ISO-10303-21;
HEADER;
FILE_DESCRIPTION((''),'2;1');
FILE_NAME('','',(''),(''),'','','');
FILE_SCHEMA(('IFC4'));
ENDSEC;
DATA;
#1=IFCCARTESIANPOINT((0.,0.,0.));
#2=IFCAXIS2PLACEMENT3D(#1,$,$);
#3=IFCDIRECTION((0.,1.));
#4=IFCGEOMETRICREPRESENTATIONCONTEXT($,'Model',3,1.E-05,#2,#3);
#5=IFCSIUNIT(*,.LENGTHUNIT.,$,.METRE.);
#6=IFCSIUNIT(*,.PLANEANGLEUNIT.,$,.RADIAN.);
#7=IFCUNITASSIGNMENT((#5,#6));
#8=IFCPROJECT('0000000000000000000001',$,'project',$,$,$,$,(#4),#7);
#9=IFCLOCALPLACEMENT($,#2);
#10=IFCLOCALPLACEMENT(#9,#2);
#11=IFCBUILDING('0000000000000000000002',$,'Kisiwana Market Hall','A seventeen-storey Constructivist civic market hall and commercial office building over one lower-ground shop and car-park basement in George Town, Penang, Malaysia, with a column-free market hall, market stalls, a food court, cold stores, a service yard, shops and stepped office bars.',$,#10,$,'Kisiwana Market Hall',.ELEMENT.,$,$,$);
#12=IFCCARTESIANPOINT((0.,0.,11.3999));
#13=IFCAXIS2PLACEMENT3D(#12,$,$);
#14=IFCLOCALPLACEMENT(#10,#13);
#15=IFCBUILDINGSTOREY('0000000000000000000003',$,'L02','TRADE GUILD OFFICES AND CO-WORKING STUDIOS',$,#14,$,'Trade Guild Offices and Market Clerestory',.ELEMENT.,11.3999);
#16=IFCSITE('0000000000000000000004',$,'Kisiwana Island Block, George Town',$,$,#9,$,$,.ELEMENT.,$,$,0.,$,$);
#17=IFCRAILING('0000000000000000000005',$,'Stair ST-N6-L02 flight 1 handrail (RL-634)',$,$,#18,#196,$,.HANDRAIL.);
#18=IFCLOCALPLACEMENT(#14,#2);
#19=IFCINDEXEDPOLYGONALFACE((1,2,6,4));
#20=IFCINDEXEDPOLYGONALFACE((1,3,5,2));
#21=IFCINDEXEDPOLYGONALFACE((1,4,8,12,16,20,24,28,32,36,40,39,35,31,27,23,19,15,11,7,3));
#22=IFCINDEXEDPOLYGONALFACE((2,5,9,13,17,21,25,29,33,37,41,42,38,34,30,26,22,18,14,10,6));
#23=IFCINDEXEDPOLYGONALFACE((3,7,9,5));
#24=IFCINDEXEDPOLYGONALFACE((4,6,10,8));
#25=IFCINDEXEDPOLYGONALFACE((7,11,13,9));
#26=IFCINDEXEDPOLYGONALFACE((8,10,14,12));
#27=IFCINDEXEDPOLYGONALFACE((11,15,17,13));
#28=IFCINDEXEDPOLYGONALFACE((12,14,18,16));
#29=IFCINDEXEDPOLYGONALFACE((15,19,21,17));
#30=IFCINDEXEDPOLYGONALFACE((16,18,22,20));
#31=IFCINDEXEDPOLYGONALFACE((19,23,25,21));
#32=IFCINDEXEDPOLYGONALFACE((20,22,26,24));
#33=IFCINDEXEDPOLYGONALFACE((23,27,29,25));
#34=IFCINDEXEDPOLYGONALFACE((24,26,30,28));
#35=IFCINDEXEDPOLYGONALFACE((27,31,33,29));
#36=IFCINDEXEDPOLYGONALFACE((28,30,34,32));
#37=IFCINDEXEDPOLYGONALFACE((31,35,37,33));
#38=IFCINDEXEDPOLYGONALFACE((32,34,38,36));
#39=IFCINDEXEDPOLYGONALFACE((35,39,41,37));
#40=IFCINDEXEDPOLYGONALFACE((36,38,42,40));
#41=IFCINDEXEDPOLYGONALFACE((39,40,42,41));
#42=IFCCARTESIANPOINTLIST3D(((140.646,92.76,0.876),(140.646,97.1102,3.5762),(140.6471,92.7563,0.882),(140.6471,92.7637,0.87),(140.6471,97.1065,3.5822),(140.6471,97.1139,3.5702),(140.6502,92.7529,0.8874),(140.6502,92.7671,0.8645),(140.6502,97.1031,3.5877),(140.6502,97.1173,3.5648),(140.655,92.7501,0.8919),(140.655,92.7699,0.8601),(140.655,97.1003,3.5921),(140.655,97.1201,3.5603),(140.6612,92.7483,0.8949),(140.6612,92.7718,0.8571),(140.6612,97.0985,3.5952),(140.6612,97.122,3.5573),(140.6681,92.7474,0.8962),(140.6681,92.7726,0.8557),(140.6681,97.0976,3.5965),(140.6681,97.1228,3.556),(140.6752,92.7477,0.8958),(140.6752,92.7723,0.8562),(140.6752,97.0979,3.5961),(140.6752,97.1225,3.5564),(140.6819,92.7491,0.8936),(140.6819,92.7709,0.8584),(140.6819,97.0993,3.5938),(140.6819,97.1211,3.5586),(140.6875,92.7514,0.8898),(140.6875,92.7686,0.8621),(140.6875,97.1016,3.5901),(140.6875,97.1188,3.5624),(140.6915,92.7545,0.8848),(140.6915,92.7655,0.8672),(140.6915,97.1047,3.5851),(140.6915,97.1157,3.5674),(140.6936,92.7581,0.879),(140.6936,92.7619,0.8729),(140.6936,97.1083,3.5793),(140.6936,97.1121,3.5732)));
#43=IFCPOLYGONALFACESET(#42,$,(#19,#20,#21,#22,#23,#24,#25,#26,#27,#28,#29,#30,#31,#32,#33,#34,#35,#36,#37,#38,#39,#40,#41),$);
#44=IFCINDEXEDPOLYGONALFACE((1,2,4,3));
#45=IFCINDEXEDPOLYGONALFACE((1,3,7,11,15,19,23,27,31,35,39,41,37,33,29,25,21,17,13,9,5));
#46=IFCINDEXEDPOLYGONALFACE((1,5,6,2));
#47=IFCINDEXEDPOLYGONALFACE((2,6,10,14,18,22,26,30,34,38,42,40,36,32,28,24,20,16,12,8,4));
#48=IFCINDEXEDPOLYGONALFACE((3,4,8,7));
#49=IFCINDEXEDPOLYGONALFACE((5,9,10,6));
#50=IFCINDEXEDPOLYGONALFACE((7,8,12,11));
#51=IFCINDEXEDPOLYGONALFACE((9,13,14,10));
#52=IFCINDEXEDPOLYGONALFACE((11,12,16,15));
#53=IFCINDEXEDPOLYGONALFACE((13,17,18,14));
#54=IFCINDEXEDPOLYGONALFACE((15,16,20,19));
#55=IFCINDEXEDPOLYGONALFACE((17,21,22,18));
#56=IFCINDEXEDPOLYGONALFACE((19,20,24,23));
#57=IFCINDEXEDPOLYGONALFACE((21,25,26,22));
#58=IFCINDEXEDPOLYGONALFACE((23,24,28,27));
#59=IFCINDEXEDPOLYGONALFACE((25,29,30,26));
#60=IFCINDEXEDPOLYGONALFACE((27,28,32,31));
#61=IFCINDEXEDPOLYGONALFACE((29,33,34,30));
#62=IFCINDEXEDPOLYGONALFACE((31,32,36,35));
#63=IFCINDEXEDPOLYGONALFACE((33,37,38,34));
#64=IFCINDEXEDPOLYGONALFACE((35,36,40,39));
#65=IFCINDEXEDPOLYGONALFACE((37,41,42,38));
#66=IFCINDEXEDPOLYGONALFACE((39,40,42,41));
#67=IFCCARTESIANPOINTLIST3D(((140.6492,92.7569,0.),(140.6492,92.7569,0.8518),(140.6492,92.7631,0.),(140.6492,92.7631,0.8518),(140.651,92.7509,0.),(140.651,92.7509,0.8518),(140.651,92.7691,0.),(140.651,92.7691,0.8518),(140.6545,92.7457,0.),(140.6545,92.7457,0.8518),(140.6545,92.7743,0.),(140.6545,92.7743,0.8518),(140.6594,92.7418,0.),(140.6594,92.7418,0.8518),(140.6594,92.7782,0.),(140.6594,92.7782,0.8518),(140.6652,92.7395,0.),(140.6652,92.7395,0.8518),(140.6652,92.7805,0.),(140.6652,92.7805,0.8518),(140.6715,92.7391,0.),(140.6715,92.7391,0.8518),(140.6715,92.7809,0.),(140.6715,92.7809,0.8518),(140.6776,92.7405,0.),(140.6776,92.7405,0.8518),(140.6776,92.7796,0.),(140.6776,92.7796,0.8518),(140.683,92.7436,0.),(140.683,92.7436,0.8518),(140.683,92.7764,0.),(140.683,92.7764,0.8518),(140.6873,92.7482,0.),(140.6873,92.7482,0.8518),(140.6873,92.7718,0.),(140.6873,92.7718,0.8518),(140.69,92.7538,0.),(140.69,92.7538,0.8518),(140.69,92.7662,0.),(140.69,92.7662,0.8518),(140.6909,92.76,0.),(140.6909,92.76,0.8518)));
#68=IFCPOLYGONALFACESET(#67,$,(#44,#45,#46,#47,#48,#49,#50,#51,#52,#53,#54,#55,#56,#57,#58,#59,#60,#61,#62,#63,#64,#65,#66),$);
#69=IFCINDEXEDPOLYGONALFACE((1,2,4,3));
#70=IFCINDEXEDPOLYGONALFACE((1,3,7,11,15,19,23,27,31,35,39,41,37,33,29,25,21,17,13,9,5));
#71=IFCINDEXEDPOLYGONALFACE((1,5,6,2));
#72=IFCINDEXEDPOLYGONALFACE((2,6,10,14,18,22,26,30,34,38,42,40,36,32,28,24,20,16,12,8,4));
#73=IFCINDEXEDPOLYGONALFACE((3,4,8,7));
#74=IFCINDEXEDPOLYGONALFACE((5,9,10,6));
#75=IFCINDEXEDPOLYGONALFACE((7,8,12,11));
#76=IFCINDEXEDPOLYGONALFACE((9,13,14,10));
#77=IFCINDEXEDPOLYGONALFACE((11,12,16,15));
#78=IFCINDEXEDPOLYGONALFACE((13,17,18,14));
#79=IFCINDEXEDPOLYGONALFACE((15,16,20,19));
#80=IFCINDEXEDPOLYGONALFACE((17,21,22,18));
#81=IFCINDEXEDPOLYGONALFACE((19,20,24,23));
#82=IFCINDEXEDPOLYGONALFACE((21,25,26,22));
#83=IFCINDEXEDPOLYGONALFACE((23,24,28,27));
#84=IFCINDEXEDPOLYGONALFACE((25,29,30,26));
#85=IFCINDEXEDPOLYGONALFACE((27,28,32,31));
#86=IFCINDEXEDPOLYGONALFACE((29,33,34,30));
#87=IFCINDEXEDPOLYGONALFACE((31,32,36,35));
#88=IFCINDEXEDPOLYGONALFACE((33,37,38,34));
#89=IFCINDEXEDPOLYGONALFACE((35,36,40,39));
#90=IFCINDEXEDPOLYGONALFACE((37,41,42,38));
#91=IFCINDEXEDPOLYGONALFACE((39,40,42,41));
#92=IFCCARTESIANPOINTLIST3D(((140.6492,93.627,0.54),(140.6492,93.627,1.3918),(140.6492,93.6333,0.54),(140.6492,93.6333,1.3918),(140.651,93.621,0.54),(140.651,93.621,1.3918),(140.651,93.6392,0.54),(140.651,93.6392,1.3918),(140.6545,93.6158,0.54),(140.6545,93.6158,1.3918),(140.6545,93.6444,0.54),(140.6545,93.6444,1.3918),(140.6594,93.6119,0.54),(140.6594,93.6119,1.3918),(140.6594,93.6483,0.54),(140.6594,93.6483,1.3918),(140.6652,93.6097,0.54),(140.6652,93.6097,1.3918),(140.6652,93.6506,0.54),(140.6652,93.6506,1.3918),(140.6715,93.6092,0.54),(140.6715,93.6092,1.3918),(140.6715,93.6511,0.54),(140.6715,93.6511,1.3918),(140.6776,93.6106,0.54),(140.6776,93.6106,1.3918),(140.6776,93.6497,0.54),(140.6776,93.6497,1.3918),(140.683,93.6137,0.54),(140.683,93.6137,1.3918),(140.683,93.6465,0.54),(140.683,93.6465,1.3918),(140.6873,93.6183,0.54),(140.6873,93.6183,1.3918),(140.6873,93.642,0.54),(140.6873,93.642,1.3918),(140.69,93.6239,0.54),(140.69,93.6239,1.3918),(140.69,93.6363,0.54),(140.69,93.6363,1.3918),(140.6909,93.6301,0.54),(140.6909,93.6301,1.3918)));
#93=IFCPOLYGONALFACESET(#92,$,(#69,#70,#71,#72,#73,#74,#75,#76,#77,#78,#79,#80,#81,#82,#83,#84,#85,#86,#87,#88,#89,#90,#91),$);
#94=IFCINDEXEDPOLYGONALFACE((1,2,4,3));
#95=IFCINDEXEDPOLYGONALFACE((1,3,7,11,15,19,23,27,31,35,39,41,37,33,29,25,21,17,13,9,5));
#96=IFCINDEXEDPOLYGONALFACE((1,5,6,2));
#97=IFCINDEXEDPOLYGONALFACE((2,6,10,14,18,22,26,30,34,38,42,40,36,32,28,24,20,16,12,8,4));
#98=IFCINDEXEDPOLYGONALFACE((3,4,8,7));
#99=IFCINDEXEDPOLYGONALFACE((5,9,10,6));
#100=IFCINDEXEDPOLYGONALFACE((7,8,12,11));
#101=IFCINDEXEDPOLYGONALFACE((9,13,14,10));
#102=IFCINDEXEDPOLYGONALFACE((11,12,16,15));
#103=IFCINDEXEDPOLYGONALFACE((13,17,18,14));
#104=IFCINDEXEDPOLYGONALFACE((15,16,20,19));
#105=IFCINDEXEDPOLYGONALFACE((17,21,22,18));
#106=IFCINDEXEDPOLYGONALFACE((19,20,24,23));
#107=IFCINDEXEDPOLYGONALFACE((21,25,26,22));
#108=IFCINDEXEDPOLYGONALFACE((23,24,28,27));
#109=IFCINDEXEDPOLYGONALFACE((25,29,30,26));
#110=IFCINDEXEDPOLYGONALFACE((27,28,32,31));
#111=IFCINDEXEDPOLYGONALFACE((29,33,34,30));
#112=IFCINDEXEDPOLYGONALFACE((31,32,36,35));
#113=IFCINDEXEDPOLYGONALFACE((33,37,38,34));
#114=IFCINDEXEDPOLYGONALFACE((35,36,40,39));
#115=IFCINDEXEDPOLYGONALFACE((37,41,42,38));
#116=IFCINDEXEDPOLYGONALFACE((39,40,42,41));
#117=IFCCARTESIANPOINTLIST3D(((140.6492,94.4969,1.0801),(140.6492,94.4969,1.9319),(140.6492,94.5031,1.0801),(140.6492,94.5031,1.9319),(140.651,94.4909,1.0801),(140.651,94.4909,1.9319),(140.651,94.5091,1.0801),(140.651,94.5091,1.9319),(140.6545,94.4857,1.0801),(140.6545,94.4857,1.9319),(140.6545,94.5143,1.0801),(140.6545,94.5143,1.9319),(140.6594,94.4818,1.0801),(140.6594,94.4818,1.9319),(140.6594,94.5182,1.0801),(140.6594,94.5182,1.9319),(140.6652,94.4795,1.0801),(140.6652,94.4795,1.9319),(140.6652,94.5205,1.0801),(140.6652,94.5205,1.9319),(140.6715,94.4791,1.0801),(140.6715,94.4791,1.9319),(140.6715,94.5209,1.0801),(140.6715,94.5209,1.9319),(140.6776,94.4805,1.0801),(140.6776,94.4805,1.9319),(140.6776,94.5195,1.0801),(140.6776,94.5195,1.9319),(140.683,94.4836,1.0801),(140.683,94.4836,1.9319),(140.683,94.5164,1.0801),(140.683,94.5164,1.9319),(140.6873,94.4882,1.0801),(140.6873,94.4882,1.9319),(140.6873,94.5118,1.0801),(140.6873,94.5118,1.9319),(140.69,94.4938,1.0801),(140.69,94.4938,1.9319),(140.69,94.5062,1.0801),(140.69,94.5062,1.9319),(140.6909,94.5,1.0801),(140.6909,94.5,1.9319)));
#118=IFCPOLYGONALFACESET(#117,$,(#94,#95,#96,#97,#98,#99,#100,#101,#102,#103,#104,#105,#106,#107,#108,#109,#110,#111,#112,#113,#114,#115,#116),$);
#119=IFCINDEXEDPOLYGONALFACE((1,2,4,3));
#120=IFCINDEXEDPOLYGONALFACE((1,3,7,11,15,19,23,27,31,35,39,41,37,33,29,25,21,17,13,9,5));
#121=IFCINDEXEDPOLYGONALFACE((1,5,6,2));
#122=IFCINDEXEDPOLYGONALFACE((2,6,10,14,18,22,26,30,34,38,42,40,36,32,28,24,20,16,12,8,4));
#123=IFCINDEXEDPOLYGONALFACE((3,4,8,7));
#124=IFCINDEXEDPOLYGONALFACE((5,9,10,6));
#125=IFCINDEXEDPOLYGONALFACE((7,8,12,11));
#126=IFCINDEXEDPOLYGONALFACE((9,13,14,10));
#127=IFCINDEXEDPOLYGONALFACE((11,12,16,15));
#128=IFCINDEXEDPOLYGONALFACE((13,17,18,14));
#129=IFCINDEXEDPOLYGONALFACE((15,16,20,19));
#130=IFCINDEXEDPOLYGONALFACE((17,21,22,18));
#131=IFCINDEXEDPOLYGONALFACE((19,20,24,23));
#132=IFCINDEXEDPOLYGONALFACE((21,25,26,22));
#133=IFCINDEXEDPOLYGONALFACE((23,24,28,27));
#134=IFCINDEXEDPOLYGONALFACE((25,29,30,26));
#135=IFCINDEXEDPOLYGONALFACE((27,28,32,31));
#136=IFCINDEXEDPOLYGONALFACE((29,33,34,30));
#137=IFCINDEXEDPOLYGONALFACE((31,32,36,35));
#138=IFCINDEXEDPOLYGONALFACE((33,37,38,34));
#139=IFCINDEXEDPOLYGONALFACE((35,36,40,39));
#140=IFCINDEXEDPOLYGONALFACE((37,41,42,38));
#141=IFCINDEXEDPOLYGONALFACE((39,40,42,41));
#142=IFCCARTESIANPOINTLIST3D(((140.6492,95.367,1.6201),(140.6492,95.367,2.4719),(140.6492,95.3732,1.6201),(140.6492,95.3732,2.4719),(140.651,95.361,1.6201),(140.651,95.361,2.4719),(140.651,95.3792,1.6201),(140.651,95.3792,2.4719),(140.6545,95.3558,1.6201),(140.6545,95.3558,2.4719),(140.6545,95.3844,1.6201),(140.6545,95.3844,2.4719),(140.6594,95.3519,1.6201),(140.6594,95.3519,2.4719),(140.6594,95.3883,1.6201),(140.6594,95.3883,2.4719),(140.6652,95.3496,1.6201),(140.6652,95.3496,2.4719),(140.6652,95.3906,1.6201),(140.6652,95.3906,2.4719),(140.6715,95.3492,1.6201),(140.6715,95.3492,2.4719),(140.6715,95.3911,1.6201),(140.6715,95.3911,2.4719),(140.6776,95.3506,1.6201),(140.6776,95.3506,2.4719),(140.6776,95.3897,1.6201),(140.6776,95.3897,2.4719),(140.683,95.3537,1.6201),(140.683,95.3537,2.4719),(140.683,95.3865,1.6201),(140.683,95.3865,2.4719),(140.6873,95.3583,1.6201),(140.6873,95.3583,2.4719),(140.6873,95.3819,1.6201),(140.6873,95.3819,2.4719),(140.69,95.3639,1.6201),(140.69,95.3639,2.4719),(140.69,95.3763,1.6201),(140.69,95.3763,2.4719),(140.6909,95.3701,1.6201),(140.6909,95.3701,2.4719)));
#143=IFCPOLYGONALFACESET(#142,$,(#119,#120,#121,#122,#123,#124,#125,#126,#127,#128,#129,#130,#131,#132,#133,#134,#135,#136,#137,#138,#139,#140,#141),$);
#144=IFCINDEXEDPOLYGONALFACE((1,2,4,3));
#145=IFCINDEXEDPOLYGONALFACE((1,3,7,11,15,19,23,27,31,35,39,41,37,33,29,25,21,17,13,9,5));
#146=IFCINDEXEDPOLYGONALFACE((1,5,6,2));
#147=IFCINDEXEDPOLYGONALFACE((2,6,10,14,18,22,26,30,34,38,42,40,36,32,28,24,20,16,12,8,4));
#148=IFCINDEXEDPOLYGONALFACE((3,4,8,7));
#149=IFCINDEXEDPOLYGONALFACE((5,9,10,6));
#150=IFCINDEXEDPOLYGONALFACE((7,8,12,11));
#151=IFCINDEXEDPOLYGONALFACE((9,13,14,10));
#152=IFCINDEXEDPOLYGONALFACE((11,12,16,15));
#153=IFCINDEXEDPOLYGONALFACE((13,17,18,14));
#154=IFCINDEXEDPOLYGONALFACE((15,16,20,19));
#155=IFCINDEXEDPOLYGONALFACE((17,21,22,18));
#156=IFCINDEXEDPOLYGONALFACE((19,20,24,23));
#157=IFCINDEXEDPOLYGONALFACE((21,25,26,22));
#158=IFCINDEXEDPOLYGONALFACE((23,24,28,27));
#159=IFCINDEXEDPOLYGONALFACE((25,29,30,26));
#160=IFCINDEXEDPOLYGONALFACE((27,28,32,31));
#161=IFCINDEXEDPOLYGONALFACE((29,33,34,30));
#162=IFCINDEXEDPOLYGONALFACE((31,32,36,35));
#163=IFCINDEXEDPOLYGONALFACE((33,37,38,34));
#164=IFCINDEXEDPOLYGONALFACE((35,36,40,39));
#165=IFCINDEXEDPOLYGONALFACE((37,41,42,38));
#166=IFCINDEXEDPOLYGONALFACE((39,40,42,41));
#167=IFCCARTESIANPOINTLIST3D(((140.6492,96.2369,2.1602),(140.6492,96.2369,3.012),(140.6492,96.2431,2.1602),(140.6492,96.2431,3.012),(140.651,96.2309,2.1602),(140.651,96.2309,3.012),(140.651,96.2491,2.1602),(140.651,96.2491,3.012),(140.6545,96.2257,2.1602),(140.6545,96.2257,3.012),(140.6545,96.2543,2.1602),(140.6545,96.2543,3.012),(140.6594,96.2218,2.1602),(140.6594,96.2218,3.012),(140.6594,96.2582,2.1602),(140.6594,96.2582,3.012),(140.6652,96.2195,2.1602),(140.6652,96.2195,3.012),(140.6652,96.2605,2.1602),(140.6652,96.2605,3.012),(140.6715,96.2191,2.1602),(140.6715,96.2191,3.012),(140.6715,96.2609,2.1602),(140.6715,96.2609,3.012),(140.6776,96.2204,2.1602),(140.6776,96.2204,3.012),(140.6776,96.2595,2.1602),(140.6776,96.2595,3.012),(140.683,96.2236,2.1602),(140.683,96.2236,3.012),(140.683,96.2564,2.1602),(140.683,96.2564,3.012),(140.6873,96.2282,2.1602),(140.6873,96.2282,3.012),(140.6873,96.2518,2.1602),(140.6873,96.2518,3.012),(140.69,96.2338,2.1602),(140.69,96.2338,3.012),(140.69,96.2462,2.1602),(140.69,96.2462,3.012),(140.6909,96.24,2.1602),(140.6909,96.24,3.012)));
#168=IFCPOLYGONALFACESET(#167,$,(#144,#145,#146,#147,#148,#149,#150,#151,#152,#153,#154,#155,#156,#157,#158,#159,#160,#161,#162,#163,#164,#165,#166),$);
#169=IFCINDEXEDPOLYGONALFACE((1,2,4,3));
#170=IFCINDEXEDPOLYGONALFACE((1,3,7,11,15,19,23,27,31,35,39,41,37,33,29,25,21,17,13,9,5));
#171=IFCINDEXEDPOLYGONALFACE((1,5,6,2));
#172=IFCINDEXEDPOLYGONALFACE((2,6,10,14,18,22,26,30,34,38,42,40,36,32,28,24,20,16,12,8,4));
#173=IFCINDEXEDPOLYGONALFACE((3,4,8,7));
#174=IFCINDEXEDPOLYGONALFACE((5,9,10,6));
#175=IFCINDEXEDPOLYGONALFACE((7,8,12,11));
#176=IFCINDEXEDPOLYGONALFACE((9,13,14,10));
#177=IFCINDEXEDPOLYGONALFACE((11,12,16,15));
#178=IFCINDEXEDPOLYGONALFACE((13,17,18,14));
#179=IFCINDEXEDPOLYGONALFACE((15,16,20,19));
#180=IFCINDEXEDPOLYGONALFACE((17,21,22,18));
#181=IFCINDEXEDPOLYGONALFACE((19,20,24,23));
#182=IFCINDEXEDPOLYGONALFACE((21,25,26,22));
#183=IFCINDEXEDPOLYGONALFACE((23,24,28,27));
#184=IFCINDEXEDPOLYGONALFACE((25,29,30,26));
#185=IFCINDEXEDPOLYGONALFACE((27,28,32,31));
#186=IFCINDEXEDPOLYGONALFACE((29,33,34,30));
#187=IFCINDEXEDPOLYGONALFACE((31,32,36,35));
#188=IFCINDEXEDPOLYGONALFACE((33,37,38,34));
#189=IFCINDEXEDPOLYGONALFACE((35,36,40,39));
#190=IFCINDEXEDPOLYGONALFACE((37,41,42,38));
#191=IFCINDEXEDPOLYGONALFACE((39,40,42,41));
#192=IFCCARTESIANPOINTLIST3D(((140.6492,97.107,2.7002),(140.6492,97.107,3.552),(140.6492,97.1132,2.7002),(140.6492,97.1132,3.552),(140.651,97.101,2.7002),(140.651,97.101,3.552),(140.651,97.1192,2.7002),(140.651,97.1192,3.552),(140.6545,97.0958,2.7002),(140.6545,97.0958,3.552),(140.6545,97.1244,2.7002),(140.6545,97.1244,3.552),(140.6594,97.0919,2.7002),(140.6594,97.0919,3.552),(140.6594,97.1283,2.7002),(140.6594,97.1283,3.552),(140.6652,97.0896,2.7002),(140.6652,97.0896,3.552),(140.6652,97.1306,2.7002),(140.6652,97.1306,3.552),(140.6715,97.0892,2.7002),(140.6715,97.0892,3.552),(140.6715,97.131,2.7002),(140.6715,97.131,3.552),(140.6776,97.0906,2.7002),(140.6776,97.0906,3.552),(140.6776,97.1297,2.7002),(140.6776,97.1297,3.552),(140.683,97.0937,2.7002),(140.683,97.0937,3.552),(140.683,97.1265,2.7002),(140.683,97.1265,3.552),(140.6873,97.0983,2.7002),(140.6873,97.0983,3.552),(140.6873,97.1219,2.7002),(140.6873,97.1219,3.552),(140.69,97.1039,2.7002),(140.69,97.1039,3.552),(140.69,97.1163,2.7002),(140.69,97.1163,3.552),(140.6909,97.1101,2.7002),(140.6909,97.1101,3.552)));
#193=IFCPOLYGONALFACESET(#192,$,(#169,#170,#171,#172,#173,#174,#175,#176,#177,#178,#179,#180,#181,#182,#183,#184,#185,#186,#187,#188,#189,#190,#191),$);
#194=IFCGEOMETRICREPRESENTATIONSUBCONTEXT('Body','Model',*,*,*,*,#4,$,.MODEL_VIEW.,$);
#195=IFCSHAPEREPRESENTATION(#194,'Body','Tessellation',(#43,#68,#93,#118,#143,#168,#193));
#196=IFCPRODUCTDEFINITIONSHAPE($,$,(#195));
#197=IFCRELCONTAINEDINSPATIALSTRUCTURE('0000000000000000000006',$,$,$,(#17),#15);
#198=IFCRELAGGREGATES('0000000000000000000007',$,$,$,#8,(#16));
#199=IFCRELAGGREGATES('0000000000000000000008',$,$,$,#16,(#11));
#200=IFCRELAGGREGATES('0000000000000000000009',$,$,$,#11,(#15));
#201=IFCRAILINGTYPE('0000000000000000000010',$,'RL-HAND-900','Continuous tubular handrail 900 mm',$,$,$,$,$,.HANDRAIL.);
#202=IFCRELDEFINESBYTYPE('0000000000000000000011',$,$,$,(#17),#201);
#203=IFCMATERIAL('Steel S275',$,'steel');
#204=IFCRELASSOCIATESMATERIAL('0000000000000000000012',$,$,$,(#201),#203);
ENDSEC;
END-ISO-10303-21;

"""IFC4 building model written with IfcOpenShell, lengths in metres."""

from ifc_helpers import new_model, si_unit, direction, frame, origin, origin_2d, place, context, subcontext, project, spatial, circle, extrude, material, type_object, element, save


model = new_model("IFC4")

# Units and contexts
model_context = context("Model", 3, precision=1e-05, world=origin(), true_north=direction((0.0, 1.0)))
body_context = subcontext(model_context, "Body", "Model", "MODEL_VIEW")
ifc_project = project(units=[si_unit("LENGTHUNIT", "METRE"), si_unit("PLANEANGLEUNIT", "RADIAN")], contexts=[model_context])

# Site, building, storey
site_placement = place(None, origin())
site = spatial("IfcSite", under=ifc_project, at=site_placement, Name="Kisiwana Island Block, George Town", CompositionType="ELEMENT", RefElevation=0.0)
building_placement = place(site_placement, origin())
building = spatial("IfcBuilding", under=site, at=building_placement, Name="Kisiwana Market Hall", Description="A seventeen-storey Constructivist civic market hall and commercial office building over one lower-ground shop and car-park basement in George Town, Penang, Malaysia, with a column-free market hall, market stalls, a food court, cold stores, a service yard, shops and stepped office bars.", LongName="Kisiwana Market Hall", CompositionType="ELEMENT")
storey_placement = place(building_placement, frame((0.0, 0.0, 11.3999)))
storey = spatial("IfcBuildingStorey", under=building, at=storey_placement, Name="L02", Description="TRADE GUILD OFFICES AND CO-WORKING STUDIOS", LongName="Trade Guild Offices and Market Clerestory", CompositionType="ELEMENT", Elevation=11.3999)

# Railing
ifc_material_1 = material(Name="Steel S275", Category="steel")
railing_type_1 = type_object("IfcRailingType", Name="RL-HAND-900", Description="Continuous tubular handrail 900 mm", PredefinedType="HANDRAIL", material=ifc_material_1)
railing_1_placement = place(storey_placement, frame((140.6699, 92.76, 0.0)))
element("IfcRailing", 1, at=railing_1_placement, inside=storey, type_object=railing_type_1, Name="Stair ST-N6-L02 flight 1 handrail (RL-634)", PredefinedType="HANDRAIL", context=body_context, shape_type="SweptSolid", body=[
    extrude(circle(Radius=0.0239, at=origin_2d()), frame((0.0, 0.0, 0.876), z_axis=(0.0, 0.849628, 0.527382), x_axis=(-1.0, 0.0, 0.0)), (0.0, 0.0, 1.0), 5.1201),
    extrude(circle(Radius=0.021, at=origin_2d()), origin(), (0.0, 0.0, 1.0), 0.8518),
    extrude(circle(Radius=0.021, at=origin_2d()), frame((0.0, 0.8701, 0.54)), (0.0, 0.0, 1.0), 0.8518),
    extrude(circle(Radius=0.021, at=origin_2d()), frame((0.0, 1.74, 1.0801)), (0.0, 0.0, 1.0), 0.8518),
    extrude(circle(Radius=0.021, at=origin_2d()), frame((0.0, 2.6101, 1.6201)), (0.0, 0.0, 1.0), 0.8518),
    extrude(circle(Radius=0.021, at=origin_2d()), frame((0.0, 3.48, 2.1602)), (0.0, 0.0, 1.0), 0.8518),
    extrude(circle(Radius=0.021, at=origin_2d()), frame((0.0, 4.3501, 2.7002)), (0.0, 0.0, 1.0), 0.8518),
])

save(model, "model.ifc")
